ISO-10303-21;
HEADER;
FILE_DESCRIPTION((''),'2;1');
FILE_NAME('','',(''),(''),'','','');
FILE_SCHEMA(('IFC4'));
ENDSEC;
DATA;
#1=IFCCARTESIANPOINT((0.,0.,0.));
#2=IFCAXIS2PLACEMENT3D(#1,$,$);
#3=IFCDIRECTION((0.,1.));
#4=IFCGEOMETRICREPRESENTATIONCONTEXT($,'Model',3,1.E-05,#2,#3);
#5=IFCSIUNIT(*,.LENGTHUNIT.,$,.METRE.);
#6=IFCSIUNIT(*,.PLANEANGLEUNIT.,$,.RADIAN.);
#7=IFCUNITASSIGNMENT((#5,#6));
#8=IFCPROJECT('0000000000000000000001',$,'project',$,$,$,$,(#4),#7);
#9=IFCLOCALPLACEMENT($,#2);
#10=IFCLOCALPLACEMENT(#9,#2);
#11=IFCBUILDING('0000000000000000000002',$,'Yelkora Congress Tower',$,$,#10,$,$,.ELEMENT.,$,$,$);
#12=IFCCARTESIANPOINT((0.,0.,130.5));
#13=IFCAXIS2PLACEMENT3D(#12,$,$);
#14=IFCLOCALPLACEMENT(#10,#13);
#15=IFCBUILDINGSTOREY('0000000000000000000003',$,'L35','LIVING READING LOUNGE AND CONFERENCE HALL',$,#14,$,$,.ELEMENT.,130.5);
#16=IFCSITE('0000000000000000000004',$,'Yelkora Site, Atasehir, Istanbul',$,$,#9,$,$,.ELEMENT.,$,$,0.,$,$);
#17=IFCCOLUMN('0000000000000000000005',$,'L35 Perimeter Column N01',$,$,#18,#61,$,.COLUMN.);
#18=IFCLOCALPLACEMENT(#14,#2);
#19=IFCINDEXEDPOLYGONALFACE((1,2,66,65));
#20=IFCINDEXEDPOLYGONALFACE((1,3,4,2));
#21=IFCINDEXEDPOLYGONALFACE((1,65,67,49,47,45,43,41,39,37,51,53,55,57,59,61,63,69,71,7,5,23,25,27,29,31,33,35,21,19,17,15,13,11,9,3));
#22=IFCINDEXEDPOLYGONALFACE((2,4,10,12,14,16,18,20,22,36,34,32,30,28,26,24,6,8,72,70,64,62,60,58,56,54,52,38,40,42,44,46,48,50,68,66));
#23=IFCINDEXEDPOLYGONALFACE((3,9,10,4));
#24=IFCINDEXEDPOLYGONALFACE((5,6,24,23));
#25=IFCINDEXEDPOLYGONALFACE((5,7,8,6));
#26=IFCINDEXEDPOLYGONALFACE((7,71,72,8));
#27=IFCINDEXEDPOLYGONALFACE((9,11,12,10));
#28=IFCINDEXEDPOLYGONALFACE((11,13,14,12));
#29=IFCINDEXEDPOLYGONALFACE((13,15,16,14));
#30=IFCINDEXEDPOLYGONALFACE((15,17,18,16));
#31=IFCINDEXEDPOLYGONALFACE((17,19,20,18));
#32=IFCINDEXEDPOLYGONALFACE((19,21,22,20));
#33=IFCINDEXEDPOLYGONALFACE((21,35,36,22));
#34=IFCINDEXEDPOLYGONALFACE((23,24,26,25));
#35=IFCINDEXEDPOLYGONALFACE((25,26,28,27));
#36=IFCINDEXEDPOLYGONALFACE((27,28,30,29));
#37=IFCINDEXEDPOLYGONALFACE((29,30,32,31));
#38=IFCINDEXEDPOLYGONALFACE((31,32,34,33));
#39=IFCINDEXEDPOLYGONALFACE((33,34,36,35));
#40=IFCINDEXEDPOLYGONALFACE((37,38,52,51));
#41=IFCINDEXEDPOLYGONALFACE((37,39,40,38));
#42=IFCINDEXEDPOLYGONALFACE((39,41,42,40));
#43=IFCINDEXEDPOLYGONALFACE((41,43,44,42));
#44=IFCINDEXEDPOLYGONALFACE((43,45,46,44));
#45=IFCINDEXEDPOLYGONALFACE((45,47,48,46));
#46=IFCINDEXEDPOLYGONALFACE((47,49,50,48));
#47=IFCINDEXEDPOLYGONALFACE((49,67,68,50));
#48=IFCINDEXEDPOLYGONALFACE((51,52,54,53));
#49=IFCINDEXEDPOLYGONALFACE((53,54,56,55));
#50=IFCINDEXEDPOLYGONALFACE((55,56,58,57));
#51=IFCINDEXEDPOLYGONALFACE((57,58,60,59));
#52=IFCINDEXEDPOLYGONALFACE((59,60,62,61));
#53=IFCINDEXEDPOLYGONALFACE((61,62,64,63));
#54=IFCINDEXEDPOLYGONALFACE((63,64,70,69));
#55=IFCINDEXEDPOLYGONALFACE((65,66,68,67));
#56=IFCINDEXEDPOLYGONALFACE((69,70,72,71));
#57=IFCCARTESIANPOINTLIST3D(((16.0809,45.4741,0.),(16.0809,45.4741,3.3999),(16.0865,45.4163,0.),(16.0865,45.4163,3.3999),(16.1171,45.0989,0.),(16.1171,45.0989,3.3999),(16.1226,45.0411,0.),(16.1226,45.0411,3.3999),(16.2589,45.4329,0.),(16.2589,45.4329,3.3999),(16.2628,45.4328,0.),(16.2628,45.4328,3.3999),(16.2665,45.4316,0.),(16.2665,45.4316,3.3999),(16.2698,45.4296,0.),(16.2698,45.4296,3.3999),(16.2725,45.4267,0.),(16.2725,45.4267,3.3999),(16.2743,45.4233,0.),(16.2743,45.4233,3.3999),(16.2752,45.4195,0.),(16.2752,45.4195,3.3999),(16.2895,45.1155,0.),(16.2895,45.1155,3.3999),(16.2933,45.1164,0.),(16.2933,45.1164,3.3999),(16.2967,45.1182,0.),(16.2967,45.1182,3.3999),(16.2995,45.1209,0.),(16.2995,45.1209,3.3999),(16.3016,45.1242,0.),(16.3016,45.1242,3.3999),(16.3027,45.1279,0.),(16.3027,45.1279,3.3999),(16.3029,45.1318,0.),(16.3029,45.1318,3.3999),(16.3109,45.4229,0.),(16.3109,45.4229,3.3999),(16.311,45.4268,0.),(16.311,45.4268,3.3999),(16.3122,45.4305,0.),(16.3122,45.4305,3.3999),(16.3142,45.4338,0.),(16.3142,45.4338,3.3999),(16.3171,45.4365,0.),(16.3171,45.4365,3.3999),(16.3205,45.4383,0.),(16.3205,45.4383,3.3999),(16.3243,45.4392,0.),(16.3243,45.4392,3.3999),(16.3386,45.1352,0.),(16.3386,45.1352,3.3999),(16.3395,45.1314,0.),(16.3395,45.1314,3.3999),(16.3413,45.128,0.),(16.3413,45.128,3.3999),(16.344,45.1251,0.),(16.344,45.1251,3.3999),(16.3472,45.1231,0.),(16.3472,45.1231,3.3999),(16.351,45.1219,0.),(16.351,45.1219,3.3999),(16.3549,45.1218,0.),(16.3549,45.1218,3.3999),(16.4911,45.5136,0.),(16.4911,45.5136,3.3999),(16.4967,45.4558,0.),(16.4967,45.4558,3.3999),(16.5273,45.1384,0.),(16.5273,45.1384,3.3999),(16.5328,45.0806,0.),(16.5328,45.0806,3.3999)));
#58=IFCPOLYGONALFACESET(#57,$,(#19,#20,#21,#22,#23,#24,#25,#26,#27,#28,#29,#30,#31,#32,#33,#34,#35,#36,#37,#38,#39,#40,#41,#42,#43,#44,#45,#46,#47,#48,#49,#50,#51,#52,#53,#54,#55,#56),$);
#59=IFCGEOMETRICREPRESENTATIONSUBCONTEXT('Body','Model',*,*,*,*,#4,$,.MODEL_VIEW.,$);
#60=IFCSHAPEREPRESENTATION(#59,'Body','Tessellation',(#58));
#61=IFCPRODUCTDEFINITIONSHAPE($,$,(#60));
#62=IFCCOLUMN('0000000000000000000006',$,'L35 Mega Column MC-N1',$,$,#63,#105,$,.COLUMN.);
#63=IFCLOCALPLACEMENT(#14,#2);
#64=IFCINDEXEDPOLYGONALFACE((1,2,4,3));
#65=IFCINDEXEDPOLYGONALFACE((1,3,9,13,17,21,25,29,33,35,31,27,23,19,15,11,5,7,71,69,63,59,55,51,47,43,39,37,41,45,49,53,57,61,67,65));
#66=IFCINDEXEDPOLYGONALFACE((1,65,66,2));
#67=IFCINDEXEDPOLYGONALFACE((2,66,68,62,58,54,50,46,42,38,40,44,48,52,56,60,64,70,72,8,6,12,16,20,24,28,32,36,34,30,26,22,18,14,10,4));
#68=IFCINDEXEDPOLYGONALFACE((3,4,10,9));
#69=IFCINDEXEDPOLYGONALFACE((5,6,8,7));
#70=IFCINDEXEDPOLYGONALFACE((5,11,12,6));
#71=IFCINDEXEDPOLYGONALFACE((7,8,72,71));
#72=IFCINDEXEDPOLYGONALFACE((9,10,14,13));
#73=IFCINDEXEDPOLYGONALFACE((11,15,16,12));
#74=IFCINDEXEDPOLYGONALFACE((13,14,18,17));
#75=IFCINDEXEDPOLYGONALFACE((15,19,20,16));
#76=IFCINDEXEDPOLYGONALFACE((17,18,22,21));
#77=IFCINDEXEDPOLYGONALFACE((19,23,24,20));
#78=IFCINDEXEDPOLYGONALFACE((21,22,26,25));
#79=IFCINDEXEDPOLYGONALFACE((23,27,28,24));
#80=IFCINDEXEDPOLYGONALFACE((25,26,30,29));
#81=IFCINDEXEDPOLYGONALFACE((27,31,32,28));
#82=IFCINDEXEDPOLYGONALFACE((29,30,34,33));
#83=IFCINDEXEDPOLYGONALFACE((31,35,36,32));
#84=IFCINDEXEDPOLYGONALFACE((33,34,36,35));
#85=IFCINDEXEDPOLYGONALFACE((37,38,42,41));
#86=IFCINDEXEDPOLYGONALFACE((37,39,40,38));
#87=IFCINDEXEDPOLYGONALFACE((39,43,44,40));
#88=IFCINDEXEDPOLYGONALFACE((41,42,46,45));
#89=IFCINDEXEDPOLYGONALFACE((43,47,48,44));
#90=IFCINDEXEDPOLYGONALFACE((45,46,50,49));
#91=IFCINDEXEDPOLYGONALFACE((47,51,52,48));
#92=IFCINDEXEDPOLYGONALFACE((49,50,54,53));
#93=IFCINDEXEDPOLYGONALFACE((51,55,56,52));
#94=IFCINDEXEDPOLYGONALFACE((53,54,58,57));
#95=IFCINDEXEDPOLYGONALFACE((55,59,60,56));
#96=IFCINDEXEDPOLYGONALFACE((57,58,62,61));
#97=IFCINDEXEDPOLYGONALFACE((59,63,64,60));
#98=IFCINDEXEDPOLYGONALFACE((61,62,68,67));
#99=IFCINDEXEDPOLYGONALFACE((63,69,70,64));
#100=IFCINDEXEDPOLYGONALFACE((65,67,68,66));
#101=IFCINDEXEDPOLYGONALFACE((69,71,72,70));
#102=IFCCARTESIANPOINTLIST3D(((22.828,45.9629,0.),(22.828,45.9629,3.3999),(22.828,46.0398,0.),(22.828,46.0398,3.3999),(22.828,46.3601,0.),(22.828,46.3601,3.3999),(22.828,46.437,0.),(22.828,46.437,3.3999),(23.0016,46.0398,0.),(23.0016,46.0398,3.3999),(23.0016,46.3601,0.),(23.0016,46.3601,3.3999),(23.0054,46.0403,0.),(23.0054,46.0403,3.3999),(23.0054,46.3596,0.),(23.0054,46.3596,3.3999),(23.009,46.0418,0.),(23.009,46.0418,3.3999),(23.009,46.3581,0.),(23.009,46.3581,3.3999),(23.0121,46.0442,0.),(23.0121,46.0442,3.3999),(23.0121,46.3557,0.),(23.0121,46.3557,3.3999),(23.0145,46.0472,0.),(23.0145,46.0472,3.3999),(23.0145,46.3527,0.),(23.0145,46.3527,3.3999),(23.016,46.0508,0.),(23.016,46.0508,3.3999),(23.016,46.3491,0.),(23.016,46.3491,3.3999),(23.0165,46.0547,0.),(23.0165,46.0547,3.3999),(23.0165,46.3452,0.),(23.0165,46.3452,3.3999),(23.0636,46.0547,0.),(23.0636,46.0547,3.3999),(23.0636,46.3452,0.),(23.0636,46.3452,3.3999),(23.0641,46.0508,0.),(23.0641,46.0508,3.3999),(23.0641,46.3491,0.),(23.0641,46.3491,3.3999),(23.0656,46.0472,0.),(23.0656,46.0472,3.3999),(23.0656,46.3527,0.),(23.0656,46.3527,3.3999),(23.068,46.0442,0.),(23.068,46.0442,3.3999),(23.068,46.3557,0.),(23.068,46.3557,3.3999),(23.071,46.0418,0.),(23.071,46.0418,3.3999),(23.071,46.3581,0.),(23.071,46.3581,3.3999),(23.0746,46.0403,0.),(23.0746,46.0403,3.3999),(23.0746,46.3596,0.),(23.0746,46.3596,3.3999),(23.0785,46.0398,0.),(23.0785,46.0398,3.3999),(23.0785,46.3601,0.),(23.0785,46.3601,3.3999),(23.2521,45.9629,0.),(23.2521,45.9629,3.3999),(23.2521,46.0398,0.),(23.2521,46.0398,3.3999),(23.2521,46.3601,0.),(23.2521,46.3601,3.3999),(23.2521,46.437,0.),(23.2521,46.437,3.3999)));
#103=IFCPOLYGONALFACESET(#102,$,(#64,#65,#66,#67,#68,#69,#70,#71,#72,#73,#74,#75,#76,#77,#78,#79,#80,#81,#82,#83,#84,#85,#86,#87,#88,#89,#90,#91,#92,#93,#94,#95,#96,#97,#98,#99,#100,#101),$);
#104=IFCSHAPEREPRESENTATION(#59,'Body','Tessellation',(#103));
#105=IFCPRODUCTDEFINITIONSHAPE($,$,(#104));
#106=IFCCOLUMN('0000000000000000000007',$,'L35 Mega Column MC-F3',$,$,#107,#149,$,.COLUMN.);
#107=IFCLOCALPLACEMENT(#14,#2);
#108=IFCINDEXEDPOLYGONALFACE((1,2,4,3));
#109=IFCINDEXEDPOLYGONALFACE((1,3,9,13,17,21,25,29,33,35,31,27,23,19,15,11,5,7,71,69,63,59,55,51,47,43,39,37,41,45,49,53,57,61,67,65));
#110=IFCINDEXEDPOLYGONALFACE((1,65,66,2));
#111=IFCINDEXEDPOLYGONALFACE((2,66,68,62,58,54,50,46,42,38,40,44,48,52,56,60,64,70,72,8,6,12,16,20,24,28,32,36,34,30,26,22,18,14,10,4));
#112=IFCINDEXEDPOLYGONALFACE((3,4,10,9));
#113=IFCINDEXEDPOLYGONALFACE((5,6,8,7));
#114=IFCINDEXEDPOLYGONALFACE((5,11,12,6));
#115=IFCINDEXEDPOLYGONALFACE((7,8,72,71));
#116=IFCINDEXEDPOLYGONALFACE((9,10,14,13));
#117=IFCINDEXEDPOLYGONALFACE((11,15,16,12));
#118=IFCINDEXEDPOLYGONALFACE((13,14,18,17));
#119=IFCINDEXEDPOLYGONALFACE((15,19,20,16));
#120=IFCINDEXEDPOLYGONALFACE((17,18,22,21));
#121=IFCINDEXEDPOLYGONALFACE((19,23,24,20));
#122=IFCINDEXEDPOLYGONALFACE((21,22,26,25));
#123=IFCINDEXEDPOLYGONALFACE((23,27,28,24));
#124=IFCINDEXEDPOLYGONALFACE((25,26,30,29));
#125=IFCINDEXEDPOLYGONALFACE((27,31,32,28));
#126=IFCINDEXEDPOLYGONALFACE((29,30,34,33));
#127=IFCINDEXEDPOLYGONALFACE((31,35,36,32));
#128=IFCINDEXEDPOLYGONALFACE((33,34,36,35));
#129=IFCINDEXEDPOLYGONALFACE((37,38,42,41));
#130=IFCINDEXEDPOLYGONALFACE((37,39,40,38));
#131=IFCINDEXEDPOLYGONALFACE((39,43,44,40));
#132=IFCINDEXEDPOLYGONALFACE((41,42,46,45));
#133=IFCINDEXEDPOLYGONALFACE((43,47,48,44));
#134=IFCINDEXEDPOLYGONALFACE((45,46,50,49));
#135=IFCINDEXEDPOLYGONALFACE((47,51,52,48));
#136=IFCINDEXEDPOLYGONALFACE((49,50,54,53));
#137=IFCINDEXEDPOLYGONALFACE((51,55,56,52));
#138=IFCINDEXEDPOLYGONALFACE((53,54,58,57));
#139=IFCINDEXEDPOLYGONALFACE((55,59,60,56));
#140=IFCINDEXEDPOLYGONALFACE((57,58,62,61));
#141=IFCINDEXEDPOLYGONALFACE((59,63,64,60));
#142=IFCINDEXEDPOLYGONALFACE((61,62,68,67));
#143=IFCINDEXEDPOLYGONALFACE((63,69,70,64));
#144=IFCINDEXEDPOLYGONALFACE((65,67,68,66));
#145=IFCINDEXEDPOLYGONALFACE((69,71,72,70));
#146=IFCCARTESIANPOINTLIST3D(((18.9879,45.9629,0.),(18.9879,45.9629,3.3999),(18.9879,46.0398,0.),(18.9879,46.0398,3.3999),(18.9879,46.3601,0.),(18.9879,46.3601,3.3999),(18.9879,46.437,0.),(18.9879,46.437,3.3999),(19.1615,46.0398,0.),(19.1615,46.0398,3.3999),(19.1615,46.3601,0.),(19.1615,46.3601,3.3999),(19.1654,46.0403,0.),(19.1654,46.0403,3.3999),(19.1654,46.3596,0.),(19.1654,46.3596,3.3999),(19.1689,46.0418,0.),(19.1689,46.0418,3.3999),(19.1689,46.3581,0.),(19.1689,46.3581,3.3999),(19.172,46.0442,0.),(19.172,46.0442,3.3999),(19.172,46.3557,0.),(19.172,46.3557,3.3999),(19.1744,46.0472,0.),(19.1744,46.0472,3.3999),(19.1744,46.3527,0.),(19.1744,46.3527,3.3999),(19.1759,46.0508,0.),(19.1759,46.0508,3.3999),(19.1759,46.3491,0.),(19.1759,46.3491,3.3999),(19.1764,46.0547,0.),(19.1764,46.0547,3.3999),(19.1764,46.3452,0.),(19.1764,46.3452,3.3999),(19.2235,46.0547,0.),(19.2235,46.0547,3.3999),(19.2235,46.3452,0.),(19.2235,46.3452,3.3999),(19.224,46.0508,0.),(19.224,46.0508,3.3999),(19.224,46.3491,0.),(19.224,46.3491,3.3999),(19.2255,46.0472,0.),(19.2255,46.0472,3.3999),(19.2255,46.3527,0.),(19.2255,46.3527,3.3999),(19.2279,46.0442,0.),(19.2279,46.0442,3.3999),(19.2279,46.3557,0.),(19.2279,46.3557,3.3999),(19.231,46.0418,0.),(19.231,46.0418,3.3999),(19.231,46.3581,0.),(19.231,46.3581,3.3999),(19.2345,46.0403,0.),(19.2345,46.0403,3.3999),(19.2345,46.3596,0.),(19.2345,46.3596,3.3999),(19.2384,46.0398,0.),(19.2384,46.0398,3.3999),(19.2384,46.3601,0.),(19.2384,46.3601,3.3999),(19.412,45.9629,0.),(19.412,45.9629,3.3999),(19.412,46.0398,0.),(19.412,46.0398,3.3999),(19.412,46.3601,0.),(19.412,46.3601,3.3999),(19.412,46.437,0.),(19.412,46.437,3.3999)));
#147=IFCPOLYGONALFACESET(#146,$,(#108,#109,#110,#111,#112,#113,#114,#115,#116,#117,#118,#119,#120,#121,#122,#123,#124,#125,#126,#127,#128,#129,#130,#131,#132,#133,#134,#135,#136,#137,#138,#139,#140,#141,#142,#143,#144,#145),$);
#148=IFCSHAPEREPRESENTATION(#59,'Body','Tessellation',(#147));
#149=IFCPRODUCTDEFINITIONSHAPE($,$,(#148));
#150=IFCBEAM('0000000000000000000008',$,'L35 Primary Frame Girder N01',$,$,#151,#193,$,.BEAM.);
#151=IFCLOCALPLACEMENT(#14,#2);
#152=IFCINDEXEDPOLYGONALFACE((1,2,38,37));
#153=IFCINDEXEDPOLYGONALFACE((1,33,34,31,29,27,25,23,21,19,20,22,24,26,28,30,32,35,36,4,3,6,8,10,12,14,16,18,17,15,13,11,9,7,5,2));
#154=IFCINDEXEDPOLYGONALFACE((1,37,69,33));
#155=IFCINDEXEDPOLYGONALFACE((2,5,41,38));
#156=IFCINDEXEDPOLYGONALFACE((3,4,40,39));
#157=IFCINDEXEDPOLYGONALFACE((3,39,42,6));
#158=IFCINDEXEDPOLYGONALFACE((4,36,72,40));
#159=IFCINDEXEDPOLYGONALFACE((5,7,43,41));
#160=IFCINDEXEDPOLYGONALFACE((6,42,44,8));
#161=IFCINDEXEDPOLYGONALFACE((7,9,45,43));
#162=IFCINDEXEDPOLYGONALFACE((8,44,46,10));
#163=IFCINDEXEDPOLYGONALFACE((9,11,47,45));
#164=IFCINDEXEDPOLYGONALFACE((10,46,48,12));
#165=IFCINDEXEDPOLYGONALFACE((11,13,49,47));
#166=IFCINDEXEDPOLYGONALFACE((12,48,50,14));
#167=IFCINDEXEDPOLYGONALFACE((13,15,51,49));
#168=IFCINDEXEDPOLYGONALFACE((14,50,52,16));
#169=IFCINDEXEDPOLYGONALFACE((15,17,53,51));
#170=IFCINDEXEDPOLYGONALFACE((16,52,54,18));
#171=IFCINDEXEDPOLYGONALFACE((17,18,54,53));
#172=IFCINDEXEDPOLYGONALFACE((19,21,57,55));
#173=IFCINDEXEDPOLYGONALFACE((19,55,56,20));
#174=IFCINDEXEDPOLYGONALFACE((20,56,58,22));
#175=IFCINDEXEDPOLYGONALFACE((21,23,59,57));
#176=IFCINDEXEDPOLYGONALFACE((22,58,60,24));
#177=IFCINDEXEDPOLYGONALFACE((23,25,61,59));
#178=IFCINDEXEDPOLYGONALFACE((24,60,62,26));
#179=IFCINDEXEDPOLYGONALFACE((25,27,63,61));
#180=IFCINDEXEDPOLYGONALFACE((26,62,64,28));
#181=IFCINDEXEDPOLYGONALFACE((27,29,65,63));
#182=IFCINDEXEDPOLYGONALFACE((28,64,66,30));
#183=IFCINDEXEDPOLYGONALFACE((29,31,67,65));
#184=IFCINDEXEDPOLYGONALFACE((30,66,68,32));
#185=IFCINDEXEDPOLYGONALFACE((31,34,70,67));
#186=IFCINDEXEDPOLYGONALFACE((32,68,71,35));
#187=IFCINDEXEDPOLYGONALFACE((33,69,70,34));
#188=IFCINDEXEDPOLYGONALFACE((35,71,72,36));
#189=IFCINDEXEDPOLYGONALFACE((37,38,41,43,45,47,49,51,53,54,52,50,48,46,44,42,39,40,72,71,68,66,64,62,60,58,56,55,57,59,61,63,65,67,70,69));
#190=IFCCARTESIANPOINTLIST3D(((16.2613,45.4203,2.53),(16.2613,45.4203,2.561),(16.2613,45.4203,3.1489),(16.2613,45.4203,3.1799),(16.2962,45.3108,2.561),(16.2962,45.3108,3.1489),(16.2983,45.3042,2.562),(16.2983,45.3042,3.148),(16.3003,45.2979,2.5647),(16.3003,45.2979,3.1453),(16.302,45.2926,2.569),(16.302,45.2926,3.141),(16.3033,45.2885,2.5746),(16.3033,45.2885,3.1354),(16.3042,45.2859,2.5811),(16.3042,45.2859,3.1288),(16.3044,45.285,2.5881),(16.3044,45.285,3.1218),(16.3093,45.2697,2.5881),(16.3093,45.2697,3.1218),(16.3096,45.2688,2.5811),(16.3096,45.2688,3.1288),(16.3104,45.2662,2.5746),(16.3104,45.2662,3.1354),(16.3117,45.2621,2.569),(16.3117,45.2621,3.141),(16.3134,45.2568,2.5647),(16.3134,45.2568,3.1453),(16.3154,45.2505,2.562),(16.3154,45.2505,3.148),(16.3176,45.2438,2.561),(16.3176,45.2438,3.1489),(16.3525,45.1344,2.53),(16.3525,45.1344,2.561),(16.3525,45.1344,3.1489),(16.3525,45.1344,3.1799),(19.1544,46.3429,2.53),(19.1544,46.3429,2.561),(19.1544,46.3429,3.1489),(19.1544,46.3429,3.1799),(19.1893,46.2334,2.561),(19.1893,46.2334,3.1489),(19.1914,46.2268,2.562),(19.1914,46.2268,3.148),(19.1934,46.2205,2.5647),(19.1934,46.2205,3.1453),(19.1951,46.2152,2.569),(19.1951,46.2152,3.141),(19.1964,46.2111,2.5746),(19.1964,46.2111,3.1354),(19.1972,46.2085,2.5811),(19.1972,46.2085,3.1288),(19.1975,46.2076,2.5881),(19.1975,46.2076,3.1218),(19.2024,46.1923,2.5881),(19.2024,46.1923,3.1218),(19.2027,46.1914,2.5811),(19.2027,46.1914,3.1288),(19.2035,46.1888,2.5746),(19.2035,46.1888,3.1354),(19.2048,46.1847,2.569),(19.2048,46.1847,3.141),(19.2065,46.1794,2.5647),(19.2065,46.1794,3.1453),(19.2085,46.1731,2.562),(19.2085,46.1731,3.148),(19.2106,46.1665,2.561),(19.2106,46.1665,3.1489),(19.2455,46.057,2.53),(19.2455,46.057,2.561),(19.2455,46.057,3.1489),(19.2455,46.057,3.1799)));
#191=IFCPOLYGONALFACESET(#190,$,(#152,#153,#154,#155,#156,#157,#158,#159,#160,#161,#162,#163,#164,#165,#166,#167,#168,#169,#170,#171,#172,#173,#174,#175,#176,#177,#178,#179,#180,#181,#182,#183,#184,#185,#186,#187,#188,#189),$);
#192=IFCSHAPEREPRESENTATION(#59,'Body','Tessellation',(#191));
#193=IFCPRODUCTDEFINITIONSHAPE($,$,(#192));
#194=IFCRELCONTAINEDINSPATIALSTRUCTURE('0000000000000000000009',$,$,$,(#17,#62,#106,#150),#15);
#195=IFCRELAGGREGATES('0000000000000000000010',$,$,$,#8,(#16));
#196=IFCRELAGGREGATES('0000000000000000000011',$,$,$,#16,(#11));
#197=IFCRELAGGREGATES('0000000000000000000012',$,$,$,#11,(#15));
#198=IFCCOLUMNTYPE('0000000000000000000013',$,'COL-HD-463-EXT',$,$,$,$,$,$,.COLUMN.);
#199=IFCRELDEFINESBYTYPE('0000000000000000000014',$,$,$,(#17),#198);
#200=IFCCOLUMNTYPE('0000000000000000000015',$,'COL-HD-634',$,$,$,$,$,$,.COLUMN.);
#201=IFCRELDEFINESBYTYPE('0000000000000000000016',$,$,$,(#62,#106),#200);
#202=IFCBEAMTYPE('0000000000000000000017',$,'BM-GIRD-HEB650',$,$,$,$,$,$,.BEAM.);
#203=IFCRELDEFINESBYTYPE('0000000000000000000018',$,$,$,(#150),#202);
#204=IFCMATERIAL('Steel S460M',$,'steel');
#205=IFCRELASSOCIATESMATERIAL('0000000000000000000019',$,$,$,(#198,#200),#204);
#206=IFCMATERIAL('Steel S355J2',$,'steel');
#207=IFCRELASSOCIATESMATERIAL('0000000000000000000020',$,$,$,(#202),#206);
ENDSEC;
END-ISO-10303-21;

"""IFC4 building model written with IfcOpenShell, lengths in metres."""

from ifc_helpers import new_model, si_unit, direction, frame, origin, origin_2d, place, context, subcontext, project, spatial, i_section, extrude, material, material_profile, profile_set, type_object, element, save


model = new_model("IFC4")

# Units and contexts
model_context = context("Model", 3, precision=1e-05, world=origin(), true_north=direction((0.0, 1.0)))
body_context = subcontext(model_context, "Body", "Model", "MODEL_VIEW")
ifc_project = project(units=[si_unit("LENGTHUNIT", "METRE"), si_unit("PLANEANGLEUNIT", "RADIAN")], contexts=[model_context])

# Site, building, storey
site_placement = place(None, origin())
site = spatial("IfcSite", under=ifc_project, at=site_placement, Name="Yelkora Site, Atasehir, Istanbul", CompositionType="ELEMENT", RefElevation=0.0)
building_placement = place(site_placement, origin())
building = spatial("IfcBuilding", under=site, at=building_placement, Name="Yelkora Congress Tower", CompositionType="ELEMENT")
storey_placement = place(building_placement, frame((0.0, 0.0, 130.5)))
storey = spatial("IfcBuildingStorey", under=building, at=storey_placement, Name="L35", Description="LIVING READING LOUNGE AND CONFERENCE HALL", CompositionType="ELEMENT", Elevation=130.5)

# Columns
ifc_material_1 = material(Name="Steel S460M", Category="steel")
ifc_material_profile_1 = material_profile(ifc_material_1, i_section(OverallWidth=0.4121, OverallDepth=0.4351, WebThickness=0.0359, FlangeThickness=0.0581, FilletRadius=0.0149, at=origin_2d()), Name="HD 400x463")
ifc_profile_set_1 = profile_set([ifc_material_profile_1], Name="Steel S460M")
column_type_1 = type_object("IfcColumnType", Name="COL-HD-463-EXT", PredefinedType="COLUMN", material=ifc_profile_set_1)
column_placement = place(storey_placement, frame((16.3069, 45.2773, 0.0), z_axis=(0.0, 0.0, 1.0), x_axis=(0.995396, 0.095846, 0.0)))
element("IfcColumn", 1, at=column_placement, inside=storey, type_object=column_type_1, Name="L35 Perimeter Column N01", PredefinedType="COLUMN", context=body_context, shape_type="SweptSolid", body=[
    extrude(i_section(OverallWidth=0.4121, OverallDepth=0.4351, WebThickness=0.0359, FlangeThickness=0.0581, FilletRadius=0.0149, at=origin_2d()), origin(), (0.0, 0.0, 1.0), 3.3999),
])
ifc_material_profile_2 = material_profile(ifc_material_1, i_section(OverallWidth=0.4241, OverallDepth=0.4741, WebThickness=0.0471, FlangeThickness=0.0769, FilletRadius=0.0149, at=origin_2d()), Name="HD 400x634")
ifc_profile_set_2 = profile_set([ifc_material_profile_2], Name="Steel S460M")
column_type_2 = type_object("IfcColumnType", Name="COL-HD-634", PredefinedType="COLUMN", material=ifc_profile_set_2)
for number, where, z_axis, x_axis, name in (
    (2, (23.04, 46.2, 0.0), (0.0, 0.0, 1.0), (1.0, 0.0, 0.0), "L35 Mega Column MC-N1"),
    (3, (19.2, 46.2, 0.0), (0.0, 0.0, 1.0), (1.0, 0.0, 0.0), "L35 Mega Column MC-F3"),
):
    element("IfcColumn", number, at=place(storey_placement, frame(where, z_axis=z_axis, x_axis=x_axis)), inside=storey, type_object=column_type_2, Name=name, PredefinedType="COLUMN", context=body_context, shape_type="SweptSolid", body=[
        extrude(i_section(OverallWidth=0.4241, OverallDepth=0.4741, WebThickness=0.0471, FlangeThickness=0.0769, FilletRadius=0.0149, at=origin_2d()), origin(), (0.0, 0.0, 1.0), 3.3999),
    ])

# Beam
ifc_material_2 = material(Name="Steel S355J2", Category="steel")
ifc_material_profile_3 = material_profile(ifc_material_2, i_section(OverallWidth=0.3, OverallDepth=0.6499, WebThickness=0.0161, FlangeThickness=0.031, FilletRadius=0.0271, at=origin_2d()), Name="HEB 650")
ifc_profile_set_3 = profile_set([ifc_material_profile_3], Name="Steel S355J2")
beam_type_1 = type_object("IfcBeamType", Name="BM-GIRD-HEB650", PredefinedType="BEAM", material=ifc_profile_set_3)
beam_1_placement = place(storey_placement, frame((16.3069, 45.2773, 2.855), z_axis=(0.952727, 0.303827, 0.0), x_axis=(-0.303827, 0.952727, 0.0)))
element("IfcBeam", 4, at=beam_1_placement, inside=storey, type_object=beam_type_1, Name="L35 Primary Frame Girder N01", PredefinedType="BEAM", context=body_context, shape_type="SweptSolid", body=[
    extrude(i_section(OverallWidth=0.3, OverallDepth=0.6499, WebThickness=0.0161, FlangeThickness=0.031, FilletRadius=0.0271, at=origin_2d()), origin(), (0.0, 0.0, 1.0), 3.0366),
])

save(model, "model.ifc")
